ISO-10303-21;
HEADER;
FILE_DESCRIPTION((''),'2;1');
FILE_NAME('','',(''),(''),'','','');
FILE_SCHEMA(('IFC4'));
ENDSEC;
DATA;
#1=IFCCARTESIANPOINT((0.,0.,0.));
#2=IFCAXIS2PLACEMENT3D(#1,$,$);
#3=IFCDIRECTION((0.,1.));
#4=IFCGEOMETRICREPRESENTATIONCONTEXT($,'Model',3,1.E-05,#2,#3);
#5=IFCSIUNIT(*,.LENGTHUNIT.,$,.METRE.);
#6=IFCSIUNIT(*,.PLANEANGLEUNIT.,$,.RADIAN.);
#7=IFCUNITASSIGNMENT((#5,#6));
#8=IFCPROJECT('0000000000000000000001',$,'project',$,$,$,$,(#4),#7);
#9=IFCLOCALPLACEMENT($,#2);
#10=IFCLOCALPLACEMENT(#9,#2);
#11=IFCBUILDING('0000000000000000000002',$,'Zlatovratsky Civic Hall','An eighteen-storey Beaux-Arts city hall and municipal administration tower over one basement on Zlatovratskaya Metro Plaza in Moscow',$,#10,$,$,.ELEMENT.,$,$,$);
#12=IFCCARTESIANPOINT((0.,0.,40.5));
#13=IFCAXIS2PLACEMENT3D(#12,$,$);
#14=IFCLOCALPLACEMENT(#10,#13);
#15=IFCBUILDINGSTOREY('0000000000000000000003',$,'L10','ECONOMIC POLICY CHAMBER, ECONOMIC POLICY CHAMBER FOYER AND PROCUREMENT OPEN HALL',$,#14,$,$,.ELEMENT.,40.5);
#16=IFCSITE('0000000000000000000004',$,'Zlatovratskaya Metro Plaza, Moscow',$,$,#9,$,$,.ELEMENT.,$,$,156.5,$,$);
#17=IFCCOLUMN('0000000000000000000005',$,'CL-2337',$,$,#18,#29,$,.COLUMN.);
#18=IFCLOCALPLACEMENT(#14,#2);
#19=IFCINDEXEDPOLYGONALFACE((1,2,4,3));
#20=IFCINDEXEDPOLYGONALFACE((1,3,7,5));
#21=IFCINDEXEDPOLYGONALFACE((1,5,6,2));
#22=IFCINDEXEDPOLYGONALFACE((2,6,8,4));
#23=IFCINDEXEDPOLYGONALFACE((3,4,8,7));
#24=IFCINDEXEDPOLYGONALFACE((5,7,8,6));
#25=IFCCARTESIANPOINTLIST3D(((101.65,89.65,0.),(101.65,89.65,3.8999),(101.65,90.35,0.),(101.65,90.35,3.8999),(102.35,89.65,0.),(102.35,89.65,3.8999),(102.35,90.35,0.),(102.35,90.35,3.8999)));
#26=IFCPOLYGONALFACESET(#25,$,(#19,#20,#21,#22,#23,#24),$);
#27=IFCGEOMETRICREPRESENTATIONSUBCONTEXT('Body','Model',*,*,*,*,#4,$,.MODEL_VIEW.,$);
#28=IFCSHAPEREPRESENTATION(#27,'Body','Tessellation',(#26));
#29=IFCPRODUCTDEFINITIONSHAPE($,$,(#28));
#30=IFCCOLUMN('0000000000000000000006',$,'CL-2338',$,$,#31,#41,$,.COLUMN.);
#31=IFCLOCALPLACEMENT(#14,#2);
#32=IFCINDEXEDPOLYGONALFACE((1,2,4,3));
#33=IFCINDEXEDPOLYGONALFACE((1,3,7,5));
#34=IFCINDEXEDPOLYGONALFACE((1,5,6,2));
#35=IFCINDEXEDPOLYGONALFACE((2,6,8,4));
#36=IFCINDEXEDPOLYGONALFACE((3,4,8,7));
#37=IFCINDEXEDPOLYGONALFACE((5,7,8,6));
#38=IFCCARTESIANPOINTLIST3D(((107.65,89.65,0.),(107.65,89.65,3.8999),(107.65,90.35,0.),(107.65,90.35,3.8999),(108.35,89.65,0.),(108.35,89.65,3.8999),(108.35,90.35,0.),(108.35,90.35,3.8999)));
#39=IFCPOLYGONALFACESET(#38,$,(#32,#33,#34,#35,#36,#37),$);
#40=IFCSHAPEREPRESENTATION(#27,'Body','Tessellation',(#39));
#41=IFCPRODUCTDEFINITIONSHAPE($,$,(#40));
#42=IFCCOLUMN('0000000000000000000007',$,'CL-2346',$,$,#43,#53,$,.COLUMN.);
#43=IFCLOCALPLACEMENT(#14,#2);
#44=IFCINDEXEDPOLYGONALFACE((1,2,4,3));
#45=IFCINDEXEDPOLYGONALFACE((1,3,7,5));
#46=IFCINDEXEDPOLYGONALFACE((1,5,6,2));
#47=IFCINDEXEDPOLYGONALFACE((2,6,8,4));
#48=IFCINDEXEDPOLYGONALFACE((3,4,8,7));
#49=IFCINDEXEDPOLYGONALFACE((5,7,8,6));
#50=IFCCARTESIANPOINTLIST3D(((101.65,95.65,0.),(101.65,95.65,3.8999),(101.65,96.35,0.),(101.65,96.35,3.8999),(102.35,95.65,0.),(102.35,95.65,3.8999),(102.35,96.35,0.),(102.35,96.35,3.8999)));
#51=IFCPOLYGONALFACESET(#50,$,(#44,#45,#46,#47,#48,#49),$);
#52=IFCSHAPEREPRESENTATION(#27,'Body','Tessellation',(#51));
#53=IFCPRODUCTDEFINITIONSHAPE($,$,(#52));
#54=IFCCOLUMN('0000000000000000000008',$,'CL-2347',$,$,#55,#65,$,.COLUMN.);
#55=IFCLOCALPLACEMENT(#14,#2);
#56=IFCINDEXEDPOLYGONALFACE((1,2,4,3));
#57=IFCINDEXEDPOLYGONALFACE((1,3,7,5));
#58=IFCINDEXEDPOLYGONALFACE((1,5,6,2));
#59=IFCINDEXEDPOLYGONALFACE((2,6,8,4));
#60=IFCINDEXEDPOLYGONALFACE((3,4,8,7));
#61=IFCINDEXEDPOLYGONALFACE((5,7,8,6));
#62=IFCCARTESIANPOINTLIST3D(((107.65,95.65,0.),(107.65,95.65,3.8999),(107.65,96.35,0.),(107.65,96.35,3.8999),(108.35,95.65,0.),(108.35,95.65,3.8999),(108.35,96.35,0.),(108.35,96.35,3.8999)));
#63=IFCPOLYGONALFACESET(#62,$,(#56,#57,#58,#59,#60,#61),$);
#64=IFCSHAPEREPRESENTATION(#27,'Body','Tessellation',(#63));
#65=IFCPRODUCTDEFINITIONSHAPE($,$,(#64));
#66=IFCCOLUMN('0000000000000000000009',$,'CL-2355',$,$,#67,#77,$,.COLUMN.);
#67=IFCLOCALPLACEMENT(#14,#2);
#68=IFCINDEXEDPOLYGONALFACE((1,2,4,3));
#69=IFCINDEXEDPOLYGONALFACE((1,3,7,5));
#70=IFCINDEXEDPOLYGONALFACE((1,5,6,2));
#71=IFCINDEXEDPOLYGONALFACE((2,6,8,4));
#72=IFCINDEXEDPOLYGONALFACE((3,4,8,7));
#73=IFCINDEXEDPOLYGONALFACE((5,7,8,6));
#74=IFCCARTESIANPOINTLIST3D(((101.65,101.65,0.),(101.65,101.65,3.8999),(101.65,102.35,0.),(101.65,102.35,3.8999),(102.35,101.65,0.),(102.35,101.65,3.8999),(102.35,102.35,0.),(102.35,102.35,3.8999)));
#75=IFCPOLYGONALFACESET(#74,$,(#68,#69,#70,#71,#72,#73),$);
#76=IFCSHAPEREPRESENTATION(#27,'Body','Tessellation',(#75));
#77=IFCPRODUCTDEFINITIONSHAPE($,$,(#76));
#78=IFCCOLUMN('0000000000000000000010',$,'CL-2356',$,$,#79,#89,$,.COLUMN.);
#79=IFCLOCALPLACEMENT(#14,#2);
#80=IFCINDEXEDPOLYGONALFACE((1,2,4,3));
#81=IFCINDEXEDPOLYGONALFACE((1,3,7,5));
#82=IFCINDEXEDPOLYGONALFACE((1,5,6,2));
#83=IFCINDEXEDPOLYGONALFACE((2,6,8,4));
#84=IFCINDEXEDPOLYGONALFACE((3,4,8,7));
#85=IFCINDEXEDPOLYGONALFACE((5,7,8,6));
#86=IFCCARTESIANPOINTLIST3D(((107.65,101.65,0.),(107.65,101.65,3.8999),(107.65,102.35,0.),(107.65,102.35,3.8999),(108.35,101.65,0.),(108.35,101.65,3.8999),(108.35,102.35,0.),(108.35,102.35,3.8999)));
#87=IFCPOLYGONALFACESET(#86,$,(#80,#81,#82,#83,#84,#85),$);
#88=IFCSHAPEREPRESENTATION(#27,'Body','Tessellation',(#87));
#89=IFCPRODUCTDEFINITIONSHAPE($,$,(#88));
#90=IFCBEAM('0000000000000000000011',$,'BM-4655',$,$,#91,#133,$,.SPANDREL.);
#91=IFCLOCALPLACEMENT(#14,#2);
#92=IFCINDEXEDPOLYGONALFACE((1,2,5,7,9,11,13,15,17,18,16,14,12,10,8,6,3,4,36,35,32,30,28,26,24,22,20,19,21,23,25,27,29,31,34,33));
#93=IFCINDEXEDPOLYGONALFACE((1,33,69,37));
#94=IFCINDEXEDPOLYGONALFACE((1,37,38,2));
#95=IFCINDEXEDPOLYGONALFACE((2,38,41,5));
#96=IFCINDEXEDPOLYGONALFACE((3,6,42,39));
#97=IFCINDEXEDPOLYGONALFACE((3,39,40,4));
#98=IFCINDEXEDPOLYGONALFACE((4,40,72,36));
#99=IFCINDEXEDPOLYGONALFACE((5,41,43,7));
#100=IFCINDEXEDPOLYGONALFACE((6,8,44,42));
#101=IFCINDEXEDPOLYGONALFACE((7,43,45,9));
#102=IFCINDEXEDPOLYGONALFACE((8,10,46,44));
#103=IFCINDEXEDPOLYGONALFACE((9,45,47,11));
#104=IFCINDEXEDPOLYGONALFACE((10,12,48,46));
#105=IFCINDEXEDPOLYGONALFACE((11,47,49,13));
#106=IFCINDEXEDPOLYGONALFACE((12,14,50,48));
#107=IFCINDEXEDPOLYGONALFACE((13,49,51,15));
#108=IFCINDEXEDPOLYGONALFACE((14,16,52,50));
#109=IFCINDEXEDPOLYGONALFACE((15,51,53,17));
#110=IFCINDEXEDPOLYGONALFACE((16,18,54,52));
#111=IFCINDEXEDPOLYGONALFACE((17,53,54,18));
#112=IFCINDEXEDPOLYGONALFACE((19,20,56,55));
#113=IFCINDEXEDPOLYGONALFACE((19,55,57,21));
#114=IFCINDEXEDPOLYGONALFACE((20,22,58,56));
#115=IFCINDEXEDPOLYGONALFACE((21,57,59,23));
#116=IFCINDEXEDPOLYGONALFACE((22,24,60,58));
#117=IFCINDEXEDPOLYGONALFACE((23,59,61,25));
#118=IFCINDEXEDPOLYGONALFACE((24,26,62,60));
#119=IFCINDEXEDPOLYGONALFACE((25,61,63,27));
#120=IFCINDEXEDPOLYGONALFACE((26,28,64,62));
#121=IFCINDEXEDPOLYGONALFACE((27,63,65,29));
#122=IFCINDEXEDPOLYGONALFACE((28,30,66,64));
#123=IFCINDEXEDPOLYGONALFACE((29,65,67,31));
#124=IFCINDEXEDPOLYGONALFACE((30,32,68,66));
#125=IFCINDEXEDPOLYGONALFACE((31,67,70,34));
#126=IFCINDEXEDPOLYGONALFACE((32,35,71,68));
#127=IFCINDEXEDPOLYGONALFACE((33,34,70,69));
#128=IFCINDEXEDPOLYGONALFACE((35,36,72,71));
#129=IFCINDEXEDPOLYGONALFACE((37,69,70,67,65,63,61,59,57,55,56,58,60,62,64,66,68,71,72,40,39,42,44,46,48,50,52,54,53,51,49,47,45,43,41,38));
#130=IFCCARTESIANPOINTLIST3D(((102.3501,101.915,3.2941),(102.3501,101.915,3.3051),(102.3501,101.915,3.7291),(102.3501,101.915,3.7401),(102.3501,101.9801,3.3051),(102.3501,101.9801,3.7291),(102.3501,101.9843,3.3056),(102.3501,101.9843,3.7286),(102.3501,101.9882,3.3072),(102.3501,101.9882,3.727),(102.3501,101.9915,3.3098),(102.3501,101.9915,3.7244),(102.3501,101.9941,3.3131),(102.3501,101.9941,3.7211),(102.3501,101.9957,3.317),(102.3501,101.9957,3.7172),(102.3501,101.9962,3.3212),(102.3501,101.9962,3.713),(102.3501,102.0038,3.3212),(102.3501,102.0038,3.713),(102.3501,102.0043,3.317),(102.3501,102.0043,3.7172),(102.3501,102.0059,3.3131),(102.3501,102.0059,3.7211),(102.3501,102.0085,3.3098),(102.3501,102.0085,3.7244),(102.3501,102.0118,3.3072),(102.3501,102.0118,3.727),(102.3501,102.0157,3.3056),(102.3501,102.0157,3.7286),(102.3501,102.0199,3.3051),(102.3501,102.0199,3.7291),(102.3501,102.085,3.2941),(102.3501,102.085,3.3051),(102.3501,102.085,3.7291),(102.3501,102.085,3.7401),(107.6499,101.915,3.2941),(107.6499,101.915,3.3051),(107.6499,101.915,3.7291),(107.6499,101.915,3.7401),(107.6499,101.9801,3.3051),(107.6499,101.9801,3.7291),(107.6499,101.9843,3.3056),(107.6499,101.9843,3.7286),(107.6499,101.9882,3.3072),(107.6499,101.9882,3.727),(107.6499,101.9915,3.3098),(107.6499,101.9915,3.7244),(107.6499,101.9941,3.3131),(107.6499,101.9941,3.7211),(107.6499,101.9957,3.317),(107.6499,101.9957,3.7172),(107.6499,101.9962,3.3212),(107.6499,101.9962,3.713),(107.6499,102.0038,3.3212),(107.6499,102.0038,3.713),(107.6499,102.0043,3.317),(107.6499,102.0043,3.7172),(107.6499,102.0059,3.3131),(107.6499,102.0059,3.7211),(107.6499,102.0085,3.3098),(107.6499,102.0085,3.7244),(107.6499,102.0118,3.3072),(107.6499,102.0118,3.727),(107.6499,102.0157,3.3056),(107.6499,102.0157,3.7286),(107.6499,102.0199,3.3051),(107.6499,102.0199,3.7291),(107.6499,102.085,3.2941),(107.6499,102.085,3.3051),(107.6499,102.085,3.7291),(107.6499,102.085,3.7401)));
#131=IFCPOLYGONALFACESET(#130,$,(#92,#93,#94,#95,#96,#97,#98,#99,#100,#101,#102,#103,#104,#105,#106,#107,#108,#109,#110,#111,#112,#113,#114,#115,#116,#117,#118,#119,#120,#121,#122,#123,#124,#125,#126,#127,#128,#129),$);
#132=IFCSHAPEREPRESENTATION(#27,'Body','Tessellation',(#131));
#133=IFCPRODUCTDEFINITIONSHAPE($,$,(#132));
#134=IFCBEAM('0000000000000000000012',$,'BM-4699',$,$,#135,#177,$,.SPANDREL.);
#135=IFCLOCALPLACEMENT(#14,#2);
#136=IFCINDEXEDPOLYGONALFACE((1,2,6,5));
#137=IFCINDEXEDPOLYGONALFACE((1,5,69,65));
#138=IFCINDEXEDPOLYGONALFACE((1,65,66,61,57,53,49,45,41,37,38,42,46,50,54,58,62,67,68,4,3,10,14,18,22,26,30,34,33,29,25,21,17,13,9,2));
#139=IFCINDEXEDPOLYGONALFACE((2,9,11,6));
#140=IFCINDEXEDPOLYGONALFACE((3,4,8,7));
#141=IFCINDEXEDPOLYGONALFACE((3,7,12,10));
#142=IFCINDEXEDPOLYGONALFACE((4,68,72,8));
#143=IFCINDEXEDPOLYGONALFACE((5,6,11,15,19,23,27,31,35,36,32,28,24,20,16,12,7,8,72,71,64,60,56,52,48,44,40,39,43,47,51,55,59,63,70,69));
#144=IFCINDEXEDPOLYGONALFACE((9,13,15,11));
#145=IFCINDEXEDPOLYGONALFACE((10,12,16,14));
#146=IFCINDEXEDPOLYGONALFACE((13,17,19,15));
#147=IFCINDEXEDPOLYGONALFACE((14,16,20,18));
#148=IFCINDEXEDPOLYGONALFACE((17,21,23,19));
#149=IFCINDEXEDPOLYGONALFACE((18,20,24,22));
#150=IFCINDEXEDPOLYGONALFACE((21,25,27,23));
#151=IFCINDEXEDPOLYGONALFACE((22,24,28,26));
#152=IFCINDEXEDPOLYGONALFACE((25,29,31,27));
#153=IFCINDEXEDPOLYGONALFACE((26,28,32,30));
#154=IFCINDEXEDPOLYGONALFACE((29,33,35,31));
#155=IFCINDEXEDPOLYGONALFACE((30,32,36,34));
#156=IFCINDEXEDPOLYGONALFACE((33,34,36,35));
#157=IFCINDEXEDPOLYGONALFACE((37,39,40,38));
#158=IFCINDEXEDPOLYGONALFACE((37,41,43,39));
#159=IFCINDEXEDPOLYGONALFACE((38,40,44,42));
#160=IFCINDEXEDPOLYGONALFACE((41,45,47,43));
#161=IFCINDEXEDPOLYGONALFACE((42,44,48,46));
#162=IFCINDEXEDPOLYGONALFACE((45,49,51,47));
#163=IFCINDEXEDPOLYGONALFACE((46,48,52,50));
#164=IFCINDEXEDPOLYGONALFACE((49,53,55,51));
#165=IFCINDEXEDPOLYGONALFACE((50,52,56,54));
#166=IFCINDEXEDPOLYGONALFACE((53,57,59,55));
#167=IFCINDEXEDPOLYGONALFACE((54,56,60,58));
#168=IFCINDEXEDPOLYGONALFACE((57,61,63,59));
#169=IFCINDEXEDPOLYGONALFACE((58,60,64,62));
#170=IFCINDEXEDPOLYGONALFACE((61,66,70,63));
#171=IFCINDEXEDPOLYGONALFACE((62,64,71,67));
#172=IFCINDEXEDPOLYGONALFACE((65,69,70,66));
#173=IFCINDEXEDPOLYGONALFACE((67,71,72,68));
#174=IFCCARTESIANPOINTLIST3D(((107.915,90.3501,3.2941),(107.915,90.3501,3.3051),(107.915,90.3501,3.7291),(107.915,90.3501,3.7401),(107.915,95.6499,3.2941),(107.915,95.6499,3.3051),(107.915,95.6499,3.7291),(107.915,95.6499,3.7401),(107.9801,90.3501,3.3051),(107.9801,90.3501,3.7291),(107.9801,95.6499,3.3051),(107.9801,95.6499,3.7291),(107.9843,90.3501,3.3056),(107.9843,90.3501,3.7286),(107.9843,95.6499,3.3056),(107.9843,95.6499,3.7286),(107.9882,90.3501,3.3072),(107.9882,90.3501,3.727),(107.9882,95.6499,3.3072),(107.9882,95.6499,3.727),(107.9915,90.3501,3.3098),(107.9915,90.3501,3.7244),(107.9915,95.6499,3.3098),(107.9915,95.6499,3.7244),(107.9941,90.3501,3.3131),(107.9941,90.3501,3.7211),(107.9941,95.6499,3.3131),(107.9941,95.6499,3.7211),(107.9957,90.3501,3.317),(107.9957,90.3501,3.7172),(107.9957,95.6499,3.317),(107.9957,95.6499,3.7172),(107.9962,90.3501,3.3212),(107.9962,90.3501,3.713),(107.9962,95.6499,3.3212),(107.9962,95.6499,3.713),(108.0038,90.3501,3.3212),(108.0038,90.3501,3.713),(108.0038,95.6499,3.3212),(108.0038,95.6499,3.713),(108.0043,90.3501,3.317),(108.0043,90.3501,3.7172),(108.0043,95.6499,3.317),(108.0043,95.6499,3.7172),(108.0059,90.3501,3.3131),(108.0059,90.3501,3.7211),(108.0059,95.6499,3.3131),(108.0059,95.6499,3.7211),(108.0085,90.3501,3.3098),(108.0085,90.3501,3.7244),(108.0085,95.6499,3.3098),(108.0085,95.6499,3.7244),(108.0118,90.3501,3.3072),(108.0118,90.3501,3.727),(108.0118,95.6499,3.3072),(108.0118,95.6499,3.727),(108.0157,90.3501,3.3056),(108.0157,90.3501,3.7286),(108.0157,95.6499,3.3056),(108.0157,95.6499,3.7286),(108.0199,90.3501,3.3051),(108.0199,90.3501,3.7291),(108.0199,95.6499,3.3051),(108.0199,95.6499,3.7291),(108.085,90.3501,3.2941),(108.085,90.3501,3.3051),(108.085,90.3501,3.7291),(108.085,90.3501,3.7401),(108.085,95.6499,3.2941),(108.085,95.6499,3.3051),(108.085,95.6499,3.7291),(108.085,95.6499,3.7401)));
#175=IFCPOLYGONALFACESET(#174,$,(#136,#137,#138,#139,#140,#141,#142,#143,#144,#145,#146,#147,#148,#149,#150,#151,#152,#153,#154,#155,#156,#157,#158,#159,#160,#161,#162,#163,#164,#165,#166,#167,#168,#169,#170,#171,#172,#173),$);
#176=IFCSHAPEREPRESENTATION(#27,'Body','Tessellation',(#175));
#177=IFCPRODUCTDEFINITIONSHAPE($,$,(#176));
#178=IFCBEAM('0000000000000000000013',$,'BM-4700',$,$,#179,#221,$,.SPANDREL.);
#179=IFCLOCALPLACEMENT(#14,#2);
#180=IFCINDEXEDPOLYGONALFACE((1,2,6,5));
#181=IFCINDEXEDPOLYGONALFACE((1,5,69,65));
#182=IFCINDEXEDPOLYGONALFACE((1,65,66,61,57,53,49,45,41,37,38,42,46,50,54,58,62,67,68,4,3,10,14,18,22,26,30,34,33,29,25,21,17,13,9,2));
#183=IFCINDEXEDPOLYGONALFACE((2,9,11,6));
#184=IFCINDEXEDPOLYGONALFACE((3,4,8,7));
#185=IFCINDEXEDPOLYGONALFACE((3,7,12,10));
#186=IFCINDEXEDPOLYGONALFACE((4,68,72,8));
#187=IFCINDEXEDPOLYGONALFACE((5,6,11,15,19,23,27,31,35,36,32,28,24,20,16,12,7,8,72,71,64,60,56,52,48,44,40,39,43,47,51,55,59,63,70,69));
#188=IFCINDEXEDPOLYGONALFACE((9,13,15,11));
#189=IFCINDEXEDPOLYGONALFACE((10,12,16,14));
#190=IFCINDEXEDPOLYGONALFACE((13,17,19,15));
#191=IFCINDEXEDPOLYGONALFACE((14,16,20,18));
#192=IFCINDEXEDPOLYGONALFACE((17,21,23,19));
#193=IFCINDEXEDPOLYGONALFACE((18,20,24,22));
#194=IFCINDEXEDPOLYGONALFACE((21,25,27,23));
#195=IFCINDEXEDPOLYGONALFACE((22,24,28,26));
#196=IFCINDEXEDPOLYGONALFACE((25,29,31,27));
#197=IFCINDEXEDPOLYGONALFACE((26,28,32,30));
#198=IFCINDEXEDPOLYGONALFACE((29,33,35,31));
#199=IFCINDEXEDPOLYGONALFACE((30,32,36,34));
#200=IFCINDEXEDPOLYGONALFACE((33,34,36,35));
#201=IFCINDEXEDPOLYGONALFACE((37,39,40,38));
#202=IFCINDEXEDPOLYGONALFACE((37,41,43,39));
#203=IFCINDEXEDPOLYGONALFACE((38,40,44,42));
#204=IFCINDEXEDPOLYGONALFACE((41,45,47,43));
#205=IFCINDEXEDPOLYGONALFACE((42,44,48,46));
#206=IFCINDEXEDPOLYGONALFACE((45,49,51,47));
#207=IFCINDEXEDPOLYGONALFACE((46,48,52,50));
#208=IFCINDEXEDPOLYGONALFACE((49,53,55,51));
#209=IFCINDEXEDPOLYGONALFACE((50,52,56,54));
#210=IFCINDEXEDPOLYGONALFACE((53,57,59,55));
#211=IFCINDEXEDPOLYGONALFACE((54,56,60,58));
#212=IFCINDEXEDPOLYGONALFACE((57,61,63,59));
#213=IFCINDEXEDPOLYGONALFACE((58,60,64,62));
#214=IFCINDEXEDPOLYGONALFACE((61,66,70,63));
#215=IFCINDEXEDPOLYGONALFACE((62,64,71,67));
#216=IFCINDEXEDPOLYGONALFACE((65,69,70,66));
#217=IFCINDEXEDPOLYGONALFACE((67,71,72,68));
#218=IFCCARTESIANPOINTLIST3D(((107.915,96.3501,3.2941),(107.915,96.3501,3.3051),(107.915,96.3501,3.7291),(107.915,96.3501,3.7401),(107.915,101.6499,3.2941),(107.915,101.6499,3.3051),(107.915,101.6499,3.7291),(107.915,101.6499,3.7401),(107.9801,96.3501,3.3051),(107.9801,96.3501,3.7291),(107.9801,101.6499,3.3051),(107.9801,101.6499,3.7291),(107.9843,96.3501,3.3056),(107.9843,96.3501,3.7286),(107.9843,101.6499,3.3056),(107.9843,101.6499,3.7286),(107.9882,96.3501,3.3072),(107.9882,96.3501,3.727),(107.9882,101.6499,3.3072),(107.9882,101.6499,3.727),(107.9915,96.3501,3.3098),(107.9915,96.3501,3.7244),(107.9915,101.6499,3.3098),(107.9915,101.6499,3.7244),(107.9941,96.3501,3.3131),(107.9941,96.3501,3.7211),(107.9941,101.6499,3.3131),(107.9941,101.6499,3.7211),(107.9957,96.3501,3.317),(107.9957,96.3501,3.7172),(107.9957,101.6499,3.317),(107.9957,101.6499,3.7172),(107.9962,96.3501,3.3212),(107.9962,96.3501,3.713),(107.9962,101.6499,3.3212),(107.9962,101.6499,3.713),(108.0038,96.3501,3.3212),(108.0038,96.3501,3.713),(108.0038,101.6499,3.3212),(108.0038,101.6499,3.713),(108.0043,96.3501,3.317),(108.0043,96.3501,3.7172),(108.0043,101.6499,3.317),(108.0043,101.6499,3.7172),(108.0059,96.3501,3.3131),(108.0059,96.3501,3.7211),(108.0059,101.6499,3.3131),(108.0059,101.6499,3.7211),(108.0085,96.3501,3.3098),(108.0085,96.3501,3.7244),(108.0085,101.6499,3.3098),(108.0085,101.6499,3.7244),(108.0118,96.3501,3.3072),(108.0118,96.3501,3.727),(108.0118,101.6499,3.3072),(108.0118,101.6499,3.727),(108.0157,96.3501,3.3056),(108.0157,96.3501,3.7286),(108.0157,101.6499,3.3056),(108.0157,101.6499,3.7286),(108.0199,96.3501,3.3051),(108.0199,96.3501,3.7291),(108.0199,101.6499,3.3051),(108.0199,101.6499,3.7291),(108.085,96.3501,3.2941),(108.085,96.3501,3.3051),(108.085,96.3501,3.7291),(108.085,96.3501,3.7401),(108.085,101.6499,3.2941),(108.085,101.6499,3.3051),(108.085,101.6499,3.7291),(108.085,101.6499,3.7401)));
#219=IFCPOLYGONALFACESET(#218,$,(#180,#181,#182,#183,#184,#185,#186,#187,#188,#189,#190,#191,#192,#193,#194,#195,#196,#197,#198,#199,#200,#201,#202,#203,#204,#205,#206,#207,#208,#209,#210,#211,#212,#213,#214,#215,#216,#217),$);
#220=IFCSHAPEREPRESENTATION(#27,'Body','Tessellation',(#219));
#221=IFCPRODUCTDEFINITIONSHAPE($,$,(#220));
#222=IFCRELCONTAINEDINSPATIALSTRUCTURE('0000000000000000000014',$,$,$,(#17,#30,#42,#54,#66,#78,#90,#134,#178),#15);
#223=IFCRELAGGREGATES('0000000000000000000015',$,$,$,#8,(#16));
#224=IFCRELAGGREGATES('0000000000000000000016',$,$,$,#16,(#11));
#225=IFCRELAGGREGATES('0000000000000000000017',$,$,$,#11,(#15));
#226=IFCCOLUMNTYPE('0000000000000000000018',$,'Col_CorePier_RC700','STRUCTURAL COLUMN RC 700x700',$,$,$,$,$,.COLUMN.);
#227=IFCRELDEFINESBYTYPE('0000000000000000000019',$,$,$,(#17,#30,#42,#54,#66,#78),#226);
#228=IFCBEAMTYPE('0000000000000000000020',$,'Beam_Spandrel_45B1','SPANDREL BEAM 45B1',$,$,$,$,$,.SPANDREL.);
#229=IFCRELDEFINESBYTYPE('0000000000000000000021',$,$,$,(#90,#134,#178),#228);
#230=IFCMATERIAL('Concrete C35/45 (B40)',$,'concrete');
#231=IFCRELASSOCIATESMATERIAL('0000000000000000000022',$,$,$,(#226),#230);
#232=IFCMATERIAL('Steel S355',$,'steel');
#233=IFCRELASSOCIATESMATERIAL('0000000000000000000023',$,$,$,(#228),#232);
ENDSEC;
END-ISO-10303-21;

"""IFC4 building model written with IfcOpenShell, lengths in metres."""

from ifc_helpers import new_model, si_unit, direction, frame, origin, origin_2d, place, context, subcontext, project, spatial, rectangle, i_section, extrude, material, material_profile, profile_set, type_object, element, save


model = new_model("IFC4")

# Units and contexts
model_context = context("Model", 3, precision=1e-05, world=origin(), true_north=direction((0.0, 1.0)))
body_context = subcontext(model_context, "Body", "Model", "MODEL_VIEW")
ifc_project = project(units=[si_unit("LENGTHUNIT", "METRE"), si_unit("PLANEANGLEUNIT", "RADIAN")], contexts=[model_context])

# Site, building, storey
site_placement = place(None, origin())
site = spatial("IfcSite", under=ifc_project, at=site_placement, Name="Zlatovratskaya Metro Plaza, Moscow", CompositionType="ELEMENT", RefElevation=156.5)
building_placement = place(site_placement, origin())
building = spatial("IfcBuilding", under=site, at=building_placement, Name="Zlatovratsky Civic Hall", Description="An eighteen-storey Beaux-Arts city hall and municipal administration tower over one basement on Zlatovratskaya Metro Plaza in Moscow", CompositionType="ELEMENT")
storey_placement = place(building_placement, frame((0.0, 0.0, 40.5)))
storey = spatial("IfcBuildingStorey", under=building, at=storey_placement, Name="L10", Description="ECONOMIC POLICY CHAMBER, ECONOMIC POLICY CHAMBER FOYER AND PROCUREMENT OPEN HALL", CompositionType="ELEMENT", Elevation=40.5)

# Columns
ifc_material_1 = material(Name="Concrete C35/45 (B40)", Category="concrete")
ifc_material_profile_1 = material_profile(ifc_material_1, rectangle(XDim=0.7, YDim=0.7, at=origin_2d()), Name="RC 700x700")
ifc_profile_set_1 = profile_set([ifc_material_profile_1], Name="Concrete C35/45 (B40)")
column_type = type_object("IfcColumnType", Name="Col_CorePier_RC700", Description="STRUCTURAL COLUMN RC 700x700", PredefinedType="COLUMN", material=ifc_profile_set_1)
for number, where, z_axis, x_axis, name in (
    (1, (102.0, 90.0, 0.0), (0.0, 0.0, 1.0), (1.0, 0.0, 0.0), "CL-2337"),
    (2, (108.0, 90.0, 0.0), (0.0, 0.0, 1.0), (1.0, 0.0, 0.0), "CL-2338"),
    (3, (102.0, 96.0, 0.0), (0.0, 0.0, 1.0), (1.0, 0.0, 0.0), "CL-2346"),
    (4, (108.0, 96.0, 0.0), (0.0, 0.0, 1.0), (1.0, 0.0, 0.0), "CL-2347"),
    (5, (102.0, 102.0, 0.0), (0.0, 0.0, 1.0), (1.0, 0.0, 0.0), "CL-2355"),
    (6, (108.0, 102.0, 0.0), (0.0, 0.0, 1.0), (1.0, 0.0, 0.0), "CL-2356"),
):
    element("IfcColumn", number, at=place(storey_placement, frame(where, z_axis=z_axis, x_axis=x_axis)), inside=storey, type_object=column_type, Name=name, PredefinedType="COLUMN", context=body_context, shape_type="SweptSolid", body=[
        extrude(rectangle(XDim=0.7, YDim=0.7, at=origin_2d()), origin(), (0.0, 0.0, 1.0), 3.8999),
    ])

# Beams
ifc_material_2 = material(Name="Steel S355", Category="steel")
ifc_material_profile_2 = material_profile(ifc_material_2, i_section(OverallWidth=0.1699, OverallDepth=0.446, WebThickness=0.0076, FlangeThickness=0.011, FilletRadius=0.0161, at=origin_2d()), Name="45B1")
ifc_profile_set_2 = profile_set([ifc_material_profile_2], Name="Steel S355")
beam_type_1 = type_object("IfcBeamType", Name="Beam_Spandrel_45B1", Description="SPANDREL BEAM 45B1", PredefinedType="SPANDREL", material=ifc_profile_set_2)
for number, where, z_axis, x_axis, name in (
    (7, (102.3501, 102.0, 3.5171), (1.0, 0.0, 0.0), (0.0, 1.0, 0.0), "BM-4655"),
    (8, (108.0, 90.3501, 3.5171), (0.0, 1.0, 0.0), (-1.0, 0.0, 0.0), "BM-4699"),
    (9, (108.0, 96.3501, 3.5171), (0.0, 1.0, 0.0), (-1.0, 0.0, 0.0), "BM-4700"),
):
    element("IfcBeam", number, at=place(storey_placement, frame(where, z_axis=z_axis, x_axis=x_axis)), inside=storey, type_object=beam_type_1, Name=name, PredefinedType="SPANDREL", context=body_context, shape_type="SweptSolid", body=[
        extrude(i_section(OverallWidth=0.1699, OverallDepth=0.446, WebThickness=0.0076, FlangeThickness=0.011, FilletRadius=0.0161, at=origin_2d()), origin(), (0.0, 0.0, 1.0), 5.2998),
    ])

save(model, "model.ifc")
